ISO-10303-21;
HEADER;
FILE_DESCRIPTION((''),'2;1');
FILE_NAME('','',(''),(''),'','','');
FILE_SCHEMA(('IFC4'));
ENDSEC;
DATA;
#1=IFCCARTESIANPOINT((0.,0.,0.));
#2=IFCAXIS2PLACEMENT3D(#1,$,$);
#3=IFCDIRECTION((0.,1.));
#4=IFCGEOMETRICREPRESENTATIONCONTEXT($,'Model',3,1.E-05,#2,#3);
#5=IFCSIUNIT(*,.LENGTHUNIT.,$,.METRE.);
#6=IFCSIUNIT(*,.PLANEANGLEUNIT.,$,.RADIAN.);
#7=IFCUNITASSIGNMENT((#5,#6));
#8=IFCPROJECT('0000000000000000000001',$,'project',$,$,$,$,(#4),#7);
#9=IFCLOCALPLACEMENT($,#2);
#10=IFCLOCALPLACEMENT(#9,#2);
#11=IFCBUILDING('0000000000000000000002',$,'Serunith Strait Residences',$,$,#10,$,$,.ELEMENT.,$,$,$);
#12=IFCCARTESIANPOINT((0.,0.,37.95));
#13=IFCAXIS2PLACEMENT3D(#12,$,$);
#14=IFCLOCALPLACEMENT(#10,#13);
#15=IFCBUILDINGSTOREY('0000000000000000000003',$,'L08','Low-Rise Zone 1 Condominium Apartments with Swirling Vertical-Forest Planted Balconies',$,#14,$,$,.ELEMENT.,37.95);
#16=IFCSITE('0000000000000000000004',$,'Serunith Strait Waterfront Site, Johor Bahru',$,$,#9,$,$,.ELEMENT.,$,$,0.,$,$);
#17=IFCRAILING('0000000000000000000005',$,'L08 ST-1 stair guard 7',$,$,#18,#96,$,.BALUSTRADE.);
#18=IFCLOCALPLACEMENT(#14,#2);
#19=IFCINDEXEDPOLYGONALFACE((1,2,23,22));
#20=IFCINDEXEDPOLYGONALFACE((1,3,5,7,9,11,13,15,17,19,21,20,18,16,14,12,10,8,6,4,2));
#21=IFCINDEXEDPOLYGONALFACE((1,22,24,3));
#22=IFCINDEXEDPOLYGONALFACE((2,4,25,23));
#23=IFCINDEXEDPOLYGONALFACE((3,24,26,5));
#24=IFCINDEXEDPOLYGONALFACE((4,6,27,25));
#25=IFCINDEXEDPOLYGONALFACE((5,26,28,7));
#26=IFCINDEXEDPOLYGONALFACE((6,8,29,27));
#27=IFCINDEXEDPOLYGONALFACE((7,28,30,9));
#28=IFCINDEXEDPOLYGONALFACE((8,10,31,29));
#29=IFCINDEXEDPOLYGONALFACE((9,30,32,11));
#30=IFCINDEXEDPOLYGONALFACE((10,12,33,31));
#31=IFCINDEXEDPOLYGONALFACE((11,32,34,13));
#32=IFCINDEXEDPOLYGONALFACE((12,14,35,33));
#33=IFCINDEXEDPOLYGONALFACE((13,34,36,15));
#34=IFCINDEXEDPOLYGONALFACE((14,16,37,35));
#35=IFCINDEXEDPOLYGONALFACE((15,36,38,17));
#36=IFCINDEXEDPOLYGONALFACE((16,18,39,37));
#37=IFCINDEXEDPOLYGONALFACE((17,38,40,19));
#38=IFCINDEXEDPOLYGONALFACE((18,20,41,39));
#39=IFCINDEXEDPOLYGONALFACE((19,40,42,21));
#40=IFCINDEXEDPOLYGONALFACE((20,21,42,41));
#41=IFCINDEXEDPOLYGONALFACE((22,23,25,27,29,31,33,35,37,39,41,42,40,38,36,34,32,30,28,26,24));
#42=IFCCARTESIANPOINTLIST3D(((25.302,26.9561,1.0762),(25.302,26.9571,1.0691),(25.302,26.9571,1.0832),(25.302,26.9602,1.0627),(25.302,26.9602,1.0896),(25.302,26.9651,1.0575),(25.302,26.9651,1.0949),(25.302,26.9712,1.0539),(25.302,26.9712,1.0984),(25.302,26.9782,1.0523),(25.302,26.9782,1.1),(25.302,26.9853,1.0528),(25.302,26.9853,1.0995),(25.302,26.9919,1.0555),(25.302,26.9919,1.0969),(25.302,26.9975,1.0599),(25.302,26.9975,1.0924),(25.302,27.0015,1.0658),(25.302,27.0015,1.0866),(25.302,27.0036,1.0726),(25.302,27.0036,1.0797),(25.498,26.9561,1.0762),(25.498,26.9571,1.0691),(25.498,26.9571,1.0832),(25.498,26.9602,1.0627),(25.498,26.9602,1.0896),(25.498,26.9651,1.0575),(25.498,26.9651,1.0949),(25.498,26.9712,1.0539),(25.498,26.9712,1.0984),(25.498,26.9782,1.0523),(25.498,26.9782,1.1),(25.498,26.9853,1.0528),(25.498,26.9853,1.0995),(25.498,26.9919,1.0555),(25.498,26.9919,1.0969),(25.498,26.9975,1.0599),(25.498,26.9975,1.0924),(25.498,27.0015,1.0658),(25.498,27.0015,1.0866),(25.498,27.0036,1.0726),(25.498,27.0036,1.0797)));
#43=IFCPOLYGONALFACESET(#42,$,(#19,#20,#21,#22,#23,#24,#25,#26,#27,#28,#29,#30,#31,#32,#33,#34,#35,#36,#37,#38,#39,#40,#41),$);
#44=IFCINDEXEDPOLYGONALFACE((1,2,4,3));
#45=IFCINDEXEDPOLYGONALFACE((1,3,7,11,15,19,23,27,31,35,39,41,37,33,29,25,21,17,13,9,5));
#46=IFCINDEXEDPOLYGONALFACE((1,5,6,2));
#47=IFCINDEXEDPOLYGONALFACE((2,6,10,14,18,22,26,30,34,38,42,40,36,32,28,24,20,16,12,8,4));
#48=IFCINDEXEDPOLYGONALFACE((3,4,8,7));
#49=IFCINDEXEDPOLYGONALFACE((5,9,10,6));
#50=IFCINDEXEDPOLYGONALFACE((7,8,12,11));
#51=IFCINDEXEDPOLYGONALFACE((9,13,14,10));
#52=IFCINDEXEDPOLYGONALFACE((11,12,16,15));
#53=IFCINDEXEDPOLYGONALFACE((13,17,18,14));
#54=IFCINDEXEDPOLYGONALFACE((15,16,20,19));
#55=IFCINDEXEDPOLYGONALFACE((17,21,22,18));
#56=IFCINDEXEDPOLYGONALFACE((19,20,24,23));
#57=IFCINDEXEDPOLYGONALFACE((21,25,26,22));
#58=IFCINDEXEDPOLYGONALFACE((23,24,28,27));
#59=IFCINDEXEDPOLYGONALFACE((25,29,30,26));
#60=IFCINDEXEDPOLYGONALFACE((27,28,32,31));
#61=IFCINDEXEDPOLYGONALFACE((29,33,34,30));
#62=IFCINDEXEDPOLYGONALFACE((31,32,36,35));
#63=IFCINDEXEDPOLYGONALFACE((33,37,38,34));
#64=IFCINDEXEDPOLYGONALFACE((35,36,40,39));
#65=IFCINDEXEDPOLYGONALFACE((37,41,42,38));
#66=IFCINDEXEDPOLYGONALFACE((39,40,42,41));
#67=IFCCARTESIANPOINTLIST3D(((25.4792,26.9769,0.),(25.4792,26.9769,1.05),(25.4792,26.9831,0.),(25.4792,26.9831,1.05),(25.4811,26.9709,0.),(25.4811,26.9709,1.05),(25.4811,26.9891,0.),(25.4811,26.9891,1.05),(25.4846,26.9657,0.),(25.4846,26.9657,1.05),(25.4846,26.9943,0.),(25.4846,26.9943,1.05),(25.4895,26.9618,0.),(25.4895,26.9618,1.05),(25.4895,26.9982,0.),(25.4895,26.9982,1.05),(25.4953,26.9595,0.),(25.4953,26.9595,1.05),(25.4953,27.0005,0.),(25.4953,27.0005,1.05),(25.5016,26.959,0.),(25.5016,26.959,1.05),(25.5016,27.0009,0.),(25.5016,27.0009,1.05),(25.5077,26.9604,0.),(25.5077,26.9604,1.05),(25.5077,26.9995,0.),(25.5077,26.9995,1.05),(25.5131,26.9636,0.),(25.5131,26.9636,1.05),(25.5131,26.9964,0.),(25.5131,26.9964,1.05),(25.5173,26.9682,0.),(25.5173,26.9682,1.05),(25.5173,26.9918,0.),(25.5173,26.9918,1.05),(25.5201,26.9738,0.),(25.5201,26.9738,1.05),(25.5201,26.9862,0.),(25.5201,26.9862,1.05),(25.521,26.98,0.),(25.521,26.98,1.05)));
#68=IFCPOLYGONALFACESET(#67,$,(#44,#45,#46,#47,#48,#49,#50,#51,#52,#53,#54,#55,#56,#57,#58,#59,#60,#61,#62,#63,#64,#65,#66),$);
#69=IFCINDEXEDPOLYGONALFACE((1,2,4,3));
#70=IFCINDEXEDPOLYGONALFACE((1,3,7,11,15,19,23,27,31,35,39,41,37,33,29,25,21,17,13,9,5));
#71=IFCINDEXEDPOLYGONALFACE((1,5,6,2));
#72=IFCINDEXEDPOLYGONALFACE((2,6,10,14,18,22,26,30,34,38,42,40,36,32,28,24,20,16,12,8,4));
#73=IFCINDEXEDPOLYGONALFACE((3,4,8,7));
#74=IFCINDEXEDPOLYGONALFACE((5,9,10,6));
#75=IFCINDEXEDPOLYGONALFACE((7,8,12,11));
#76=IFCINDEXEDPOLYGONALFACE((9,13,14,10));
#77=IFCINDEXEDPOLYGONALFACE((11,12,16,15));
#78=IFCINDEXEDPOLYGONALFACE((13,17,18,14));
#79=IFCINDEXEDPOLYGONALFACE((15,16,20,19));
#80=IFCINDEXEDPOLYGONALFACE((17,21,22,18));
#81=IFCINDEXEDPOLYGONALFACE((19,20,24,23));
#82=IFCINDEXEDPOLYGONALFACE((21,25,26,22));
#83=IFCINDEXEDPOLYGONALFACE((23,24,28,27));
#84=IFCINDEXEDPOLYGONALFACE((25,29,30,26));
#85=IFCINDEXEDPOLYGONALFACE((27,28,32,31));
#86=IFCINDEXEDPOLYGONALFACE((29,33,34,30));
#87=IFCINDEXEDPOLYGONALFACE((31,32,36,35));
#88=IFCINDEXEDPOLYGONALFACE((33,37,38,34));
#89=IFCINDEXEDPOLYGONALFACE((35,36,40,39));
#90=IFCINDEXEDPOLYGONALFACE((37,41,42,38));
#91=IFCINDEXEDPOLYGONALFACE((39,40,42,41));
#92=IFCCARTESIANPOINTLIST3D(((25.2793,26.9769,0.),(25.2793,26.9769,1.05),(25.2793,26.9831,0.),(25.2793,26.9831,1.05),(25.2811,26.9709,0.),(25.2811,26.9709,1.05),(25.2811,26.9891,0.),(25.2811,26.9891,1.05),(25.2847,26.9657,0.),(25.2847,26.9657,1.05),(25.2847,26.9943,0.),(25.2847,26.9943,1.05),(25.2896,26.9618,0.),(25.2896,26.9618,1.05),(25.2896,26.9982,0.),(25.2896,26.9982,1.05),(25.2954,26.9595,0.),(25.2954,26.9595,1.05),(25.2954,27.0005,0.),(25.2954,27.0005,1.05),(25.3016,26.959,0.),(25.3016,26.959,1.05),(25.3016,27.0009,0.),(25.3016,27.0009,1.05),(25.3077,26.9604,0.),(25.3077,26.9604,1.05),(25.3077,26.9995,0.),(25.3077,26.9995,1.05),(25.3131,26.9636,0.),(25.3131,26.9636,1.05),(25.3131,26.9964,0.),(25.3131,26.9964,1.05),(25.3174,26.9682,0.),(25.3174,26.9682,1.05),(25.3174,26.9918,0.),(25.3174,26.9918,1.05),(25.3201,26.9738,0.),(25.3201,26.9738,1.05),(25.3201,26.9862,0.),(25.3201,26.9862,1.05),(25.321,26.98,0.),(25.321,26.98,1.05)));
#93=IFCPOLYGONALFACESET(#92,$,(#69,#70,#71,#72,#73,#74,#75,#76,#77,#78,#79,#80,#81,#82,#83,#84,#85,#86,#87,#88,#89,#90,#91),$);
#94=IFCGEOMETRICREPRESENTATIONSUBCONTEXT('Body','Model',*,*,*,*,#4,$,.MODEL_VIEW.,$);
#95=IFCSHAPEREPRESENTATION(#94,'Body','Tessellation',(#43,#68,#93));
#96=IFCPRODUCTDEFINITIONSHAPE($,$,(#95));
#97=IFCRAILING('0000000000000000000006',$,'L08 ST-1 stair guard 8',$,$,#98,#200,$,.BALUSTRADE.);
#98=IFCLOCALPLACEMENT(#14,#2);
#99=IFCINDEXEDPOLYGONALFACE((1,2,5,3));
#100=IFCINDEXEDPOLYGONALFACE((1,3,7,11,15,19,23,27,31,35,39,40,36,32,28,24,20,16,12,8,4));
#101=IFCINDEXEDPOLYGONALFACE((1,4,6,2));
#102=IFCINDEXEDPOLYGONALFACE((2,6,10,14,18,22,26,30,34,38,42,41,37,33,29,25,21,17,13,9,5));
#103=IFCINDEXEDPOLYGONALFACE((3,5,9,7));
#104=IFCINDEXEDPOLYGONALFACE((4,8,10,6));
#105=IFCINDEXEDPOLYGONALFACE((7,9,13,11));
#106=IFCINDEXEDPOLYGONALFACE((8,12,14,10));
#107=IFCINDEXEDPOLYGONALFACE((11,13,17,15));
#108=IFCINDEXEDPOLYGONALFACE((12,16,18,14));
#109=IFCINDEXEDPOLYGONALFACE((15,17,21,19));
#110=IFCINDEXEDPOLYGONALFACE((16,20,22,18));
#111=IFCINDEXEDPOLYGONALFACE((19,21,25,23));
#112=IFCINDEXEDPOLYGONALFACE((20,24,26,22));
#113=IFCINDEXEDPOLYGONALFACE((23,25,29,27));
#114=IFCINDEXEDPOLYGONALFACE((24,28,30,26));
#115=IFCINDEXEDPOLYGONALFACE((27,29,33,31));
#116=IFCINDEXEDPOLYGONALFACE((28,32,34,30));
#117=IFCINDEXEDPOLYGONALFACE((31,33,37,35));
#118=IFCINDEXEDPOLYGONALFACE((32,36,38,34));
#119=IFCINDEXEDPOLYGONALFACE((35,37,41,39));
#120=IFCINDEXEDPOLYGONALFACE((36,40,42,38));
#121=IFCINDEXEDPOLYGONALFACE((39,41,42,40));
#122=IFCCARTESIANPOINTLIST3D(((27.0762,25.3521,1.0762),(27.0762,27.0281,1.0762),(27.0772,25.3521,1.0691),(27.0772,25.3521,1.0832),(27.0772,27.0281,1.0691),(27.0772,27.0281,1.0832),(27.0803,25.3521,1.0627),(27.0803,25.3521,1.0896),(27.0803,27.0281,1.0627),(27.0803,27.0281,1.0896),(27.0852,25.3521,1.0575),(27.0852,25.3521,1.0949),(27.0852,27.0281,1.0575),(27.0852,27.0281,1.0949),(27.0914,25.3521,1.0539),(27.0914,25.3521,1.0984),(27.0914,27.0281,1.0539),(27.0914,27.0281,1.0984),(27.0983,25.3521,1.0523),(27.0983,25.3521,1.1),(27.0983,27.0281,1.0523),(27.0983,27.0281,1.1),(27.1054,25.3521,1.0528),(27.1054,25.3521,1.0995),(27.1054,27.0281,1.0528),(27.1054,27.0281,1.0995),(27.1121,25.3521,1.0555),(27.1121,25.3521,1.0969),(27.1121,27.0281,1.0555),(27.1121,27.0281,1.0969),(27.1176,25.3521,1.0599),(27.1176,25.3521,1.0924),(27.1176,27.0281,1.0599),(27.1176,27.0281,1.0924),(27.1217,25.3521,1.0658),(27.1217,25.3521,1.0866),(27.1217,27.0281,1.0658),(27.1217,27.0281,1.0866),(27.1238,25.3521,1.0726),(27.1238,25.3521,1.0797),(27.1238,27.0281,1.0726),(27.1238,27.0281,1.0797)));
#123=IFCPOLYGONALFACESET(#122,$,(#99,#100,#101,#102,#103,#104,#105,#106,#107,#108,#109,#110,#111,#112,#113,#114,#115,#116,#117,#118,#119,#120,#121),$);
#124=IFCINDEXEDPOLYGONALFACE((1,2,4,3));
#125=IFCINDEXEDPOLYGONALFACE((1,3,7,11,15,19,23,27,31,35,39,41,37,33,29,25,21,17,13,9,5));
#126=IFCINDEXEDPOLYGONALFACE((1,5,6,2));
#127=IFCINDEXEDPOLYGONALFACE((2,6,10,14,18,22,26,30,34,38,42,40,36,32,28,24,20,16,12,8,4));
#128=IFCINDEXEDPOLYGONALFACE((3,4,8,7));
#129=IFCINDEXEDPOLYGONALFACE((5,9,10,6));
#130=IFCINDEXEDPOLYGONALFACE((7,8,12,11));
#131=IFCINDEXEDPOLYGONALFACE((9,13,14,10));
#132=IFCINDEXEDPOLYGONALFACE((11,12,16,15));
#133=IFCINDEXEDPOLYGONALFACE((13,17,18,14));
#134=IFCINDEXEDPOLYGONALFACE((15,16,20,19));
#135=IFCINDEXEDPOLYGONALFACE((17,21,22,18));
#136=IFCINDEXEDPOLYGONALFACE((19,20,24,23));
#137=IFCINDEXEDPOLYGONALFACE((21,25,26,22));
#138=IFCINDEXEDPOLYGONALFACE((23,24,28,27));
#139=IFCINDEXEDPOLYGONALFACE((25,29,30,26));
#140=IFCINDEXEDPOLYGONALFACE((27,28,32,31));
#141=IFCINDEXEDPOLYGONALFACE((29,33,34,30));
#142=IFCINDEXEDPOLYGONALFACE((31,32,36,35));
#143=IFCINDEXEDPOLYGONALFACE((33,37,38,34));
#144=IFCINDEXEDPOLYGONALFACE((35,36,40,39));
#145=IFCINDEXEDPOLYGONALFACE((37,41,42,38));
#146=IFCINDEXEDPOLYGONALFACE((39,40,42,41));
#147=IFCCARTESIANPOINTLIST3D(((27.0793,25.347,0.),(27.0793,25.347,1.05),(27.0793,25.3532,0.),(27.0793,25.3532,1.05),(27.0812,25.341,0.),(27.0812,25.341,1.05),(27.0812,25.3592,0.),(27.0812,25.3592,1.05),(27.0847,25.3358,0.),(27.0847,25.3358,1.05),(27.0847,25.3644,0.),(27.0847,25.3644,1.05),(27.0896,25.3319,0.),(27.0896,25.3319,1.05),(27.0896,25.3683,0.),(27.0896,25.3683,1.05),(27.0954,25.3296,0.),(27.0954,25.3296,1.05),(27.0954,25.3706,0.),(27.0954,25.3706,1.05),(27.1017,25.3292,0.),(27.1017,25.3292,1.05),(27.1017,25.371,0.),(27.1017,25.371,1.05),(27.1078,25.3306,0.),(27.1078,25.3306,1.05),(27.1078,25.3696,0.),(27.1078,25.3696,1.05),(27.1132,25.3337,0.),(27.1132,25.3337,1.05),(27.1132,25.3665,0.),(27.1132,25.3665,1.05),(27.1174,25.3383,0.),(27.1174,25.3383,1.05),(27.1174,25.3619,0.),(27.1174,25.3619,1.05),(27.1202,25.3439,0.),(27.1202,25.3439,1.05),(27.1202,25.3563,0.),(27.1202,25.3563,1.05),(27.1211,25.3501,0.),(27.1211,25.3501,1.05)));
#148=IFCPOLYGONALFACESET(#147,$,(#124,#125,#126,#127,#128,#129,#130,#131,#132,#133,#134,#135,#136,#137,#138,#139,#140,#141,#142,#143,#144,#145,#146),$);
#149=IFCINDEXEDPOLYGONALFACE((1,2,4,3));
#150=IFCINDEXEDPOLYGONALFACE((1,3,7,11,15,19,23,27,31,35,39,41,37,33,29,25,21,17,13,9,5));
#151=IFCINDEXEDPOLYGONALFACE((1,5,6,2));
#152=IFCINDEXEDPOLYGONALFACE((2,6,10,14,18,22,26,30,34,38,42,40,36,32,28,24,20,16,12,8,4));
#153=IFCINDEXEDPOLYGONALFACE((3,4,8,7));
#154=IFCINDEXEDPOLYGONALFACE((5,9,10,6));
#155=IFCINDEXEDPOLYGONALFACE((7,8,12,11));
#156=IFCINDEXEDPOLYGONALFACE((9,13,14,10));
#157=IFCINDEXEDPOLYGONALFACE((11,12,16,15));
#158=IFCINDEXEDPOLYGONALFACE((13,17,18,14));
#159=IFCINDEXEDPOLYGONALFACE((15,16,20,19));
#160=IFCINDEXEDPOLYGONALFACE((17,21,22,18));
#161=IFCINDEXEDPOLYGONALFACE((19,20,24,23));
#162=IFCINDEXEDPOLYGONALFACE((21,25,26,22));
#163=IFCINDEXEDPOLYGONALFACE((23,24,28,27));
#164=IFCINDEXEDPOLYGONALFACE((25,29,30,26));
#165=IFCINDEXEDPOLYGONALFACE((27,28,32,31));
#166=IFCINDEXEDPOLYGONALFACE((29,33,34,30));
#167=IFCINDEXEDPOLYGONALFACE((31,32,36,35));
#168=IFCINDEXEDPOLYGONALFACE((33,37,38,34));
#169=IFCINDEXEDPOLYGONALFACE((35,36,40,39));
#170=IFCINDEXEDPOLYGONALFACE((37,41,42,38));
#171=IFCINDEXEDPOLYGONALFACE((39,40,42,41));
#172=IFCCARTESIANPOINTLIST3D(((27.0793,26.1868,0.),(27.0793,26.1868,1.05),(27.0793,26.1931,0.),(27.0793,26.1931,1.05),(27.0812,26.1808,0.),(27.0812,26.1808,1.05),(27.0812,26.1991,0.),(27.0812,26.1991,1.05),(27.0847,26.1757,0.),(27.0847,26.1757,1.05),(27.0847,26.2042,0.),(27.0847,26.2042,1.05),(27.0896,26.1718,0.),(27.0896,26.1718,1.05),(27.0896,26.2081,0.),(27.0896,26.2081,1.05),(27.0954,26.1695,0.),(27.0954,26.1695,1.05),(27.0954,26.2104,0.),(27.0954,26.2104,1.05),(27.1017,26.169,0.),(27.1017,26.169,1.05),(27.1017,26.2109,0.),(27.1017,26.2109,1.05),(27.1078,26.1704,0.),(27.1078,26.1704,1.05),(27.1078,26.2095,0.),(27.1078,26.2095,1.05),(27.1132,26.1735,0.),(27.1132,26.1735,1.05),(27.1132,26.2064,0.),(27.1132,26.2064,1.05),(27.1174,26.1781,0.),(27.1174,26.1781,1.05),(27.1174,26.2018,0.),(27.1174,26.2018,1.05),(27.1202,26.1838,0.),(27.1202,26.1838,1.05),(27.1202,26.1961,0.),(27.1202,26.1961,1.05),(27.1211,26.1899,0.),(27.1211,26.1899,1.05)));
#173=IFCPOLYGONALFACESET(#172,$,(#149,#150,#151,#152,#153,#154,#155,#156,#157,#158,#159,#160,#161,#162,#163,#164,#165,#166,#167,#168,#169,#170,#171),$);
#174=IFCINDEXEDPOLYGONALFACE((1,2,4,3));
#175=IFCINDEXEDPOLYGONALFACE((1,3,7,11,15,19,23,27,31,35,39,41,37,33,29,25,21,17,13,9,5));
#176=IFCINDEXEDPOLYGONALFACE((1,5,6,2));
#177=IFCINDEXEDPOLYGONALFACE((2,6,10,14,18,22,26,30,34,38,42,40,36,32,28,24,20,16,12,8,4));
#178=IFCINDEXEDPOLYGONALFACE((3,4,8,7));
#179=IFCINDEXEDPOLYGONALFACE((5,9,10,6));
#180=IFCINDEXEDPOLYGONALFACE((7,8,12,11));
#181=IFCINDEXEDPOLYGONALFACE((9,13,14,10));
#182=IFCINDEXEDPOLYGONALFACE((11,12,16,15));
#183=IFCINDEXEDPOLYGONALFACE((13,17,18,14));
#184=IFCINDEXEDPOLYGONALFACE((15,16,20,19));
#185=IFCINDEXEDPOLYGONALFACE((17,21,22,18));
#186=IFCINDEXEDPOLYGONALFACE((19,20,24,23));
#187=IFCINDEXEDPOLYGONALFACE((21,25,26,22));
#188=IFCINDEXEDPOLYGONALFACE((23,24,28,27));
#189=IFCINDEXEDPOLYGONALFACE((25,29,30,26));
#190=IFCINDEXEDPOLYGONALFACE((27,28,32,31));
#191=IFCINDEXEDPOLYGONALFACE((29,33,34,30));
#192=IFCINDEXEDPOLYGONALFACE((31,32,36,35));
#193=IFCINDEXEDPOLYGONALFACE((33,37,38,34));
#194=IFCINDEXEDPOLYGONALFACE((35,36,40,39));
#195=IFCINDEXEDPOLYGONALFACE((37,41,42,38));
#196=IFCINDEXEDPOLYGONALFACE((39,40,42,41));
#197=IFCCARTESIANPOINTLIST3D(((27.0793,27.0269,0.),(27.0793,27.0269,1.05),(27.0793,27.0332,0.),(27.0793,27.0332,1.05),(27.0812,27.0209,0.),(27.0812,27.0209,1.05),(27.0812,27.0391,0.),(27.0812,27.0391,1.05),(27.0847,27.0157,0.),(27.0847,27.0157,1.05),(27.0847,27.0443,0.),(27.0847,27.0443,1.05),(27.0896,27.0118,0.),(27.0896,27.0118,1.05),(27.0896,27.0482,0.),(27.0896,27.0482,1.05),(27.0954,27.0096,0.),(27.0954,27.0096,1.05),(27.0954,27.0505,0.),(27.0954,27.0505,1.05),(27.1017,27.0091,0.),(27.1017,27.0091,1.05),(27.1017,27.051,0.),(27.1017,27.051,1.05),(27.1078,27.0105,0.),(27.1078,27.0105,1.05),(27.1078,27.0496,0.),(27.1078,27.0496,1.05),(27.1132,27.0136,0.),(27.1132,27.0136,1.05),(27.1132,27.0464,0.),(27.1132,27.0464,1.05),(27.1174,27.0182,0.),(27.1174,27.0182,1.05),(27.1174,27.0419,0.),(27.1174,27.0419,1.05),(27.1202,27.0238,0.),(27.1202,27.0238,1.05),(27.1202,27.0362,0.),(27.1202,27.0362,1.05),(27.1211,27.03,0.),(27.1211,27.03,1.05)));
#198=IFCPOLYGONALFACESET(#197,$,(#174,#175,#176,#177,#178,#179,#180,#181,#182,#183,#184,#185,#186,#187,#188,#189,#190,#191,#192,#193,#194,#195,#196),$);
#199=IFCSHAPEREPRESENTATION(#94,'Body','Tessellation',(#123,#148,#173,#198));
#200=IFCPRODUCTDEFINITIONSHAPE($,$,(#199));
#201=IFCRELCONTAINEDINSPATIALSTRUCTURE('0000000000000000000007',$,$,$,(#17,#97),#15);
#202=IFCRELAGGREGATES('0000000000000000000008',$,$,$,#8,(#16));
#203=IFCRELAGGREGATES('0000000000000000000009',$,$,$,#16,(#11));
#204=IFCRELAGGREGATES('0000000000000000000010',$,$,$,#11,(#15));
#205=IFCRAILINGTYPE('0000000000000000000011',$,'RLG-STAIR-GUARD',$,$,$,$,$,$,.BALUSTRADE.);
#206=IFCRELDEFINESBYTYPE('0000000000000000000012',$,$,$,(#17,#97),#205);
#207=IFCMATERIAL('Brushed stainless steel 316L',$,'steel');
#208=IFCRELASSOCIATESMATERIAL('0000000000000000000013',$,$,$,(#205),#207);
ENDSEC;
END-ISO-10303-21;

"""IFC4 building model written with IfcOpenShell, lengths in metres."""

from ifc_helpers import new_model, si_unit, direction, frame, origin, origin_2d, place, context, subcontext, project, spatial, circle, extrude, material, type_object, element, save


model = new_model("IFC4")

# Units and contexts
model_context = context("Model", 3, precision=1e-05, world=origin(), true_north=direction((0.0, 1.0)))
body_context = subcontext(model_context, "Body", "Model", "MODEL_VIEW")
ifc_project = project(units=[si_unit("LENGTHUNIT", "METRE"), si_unit("PLANEANGLEUNIT", "RADIAN")], contexts=[model_context])

# Site, building, storey
site_placement = place(None, origin())
site = spatial("IfcSite", under=ifc_project, at=site_placement, Name="Serunith Strait Waterfront Site, Johor Bahru", CompositionType="ELEMENT", RefElevation=0.0)
building_placement = place(site_placement, origin())
building = spatial("IfcBuilding", under=site, at=building_placement, Name="Serunith Strait Residences", CompositionType="ELEMENT")
storey_placement = place(building_placement, frame((0.0, 0.0, 37.95)))
storey = spatial("IfcBuildingStorey", under=building, at=storey_placement, Name="L08", Description="Low-Rise Zone 1 Condominium Apartments with Swirling Vertical-Forest Planted Balconies", CompositionType="ELEMENT", Elevation=37.95)

# Railings
ifc_material_1 = material(Name="Brushed stainless steel 316L", Category="steel")
railing_type_1 = type_object("IfcRailingType", Name="RLG-STAIR-GUARD", PredefinedType="BALUSTRADE", material=ifc_material_1)
railing_1_placement = place(storey_placement, frame((25.5, 26.98, 0.0)))
element("IfcRailing", 1, at=railing_1_placement, inside=storey, type_object=railing_type_1, Name="L08 ST-1 stair guard 7", PredefinedType="BALUSTRADE", context=body_context, shape_type="SweptSolid", body=[
    extrude(circle(Radius=0.0239, at=origin_2d()), frame((-0.002, 0.0, 1.0762), z_axis=(-1.0, 0.0, 0.0), x_axis=(0.0, -1.0, 0.0)), (0.0, 0.0, 1.0), 0.196),
    extrude(circle(Radius=0.021, at=origin_2d()), origin(), (0.0, 0.0, 1.0), 1.05),
    extrude(circle(Radius=0.021, at=origin_2d()), frame((-0.2, 0.0, 0.0)), (0.0, 0.0, 1.0), 1.05),
])
for number, where, name in (
    (2, (27.1001, 25.3501, 0.0), "L08 ST-1 stair guard 8"),
):
    element("IfcRailing", number, at=place(storey_placement, frame(where)), inside=storey, type_object=railing_type_1, Name=name, PredefinedType="BALUSTRADE", context=body_context, shape_type="SweptSolid", body=[
        extrude(circle(Radius=0.0239, at=origin_2d()), frame((0.0, 0.002, 1.0762), z_axis=(0.0, 1.0, 0.0), x_axis=(-1.0, 0.0, 0.0)), (0.0, 0.0, 1.0), 1.676),
        extrude(circle(Radius=0.021, at=origin_2d()), origin(), (0.0, 0.0, 1.0), 1.05),
        extrude(circle(Radius=0.021, at=origin_2d()), frame((0.0, 0.8398, 0.0)), (0.0, 0.0, 1.0), 1.05),
        extrude(circle(Radius=0.021, at=origin_2d()), frame((0.0, 1.6799, 0.0)), (0.0, 0.0, 1.0), 1.05),
    ])

save(model, "model.ifc")
